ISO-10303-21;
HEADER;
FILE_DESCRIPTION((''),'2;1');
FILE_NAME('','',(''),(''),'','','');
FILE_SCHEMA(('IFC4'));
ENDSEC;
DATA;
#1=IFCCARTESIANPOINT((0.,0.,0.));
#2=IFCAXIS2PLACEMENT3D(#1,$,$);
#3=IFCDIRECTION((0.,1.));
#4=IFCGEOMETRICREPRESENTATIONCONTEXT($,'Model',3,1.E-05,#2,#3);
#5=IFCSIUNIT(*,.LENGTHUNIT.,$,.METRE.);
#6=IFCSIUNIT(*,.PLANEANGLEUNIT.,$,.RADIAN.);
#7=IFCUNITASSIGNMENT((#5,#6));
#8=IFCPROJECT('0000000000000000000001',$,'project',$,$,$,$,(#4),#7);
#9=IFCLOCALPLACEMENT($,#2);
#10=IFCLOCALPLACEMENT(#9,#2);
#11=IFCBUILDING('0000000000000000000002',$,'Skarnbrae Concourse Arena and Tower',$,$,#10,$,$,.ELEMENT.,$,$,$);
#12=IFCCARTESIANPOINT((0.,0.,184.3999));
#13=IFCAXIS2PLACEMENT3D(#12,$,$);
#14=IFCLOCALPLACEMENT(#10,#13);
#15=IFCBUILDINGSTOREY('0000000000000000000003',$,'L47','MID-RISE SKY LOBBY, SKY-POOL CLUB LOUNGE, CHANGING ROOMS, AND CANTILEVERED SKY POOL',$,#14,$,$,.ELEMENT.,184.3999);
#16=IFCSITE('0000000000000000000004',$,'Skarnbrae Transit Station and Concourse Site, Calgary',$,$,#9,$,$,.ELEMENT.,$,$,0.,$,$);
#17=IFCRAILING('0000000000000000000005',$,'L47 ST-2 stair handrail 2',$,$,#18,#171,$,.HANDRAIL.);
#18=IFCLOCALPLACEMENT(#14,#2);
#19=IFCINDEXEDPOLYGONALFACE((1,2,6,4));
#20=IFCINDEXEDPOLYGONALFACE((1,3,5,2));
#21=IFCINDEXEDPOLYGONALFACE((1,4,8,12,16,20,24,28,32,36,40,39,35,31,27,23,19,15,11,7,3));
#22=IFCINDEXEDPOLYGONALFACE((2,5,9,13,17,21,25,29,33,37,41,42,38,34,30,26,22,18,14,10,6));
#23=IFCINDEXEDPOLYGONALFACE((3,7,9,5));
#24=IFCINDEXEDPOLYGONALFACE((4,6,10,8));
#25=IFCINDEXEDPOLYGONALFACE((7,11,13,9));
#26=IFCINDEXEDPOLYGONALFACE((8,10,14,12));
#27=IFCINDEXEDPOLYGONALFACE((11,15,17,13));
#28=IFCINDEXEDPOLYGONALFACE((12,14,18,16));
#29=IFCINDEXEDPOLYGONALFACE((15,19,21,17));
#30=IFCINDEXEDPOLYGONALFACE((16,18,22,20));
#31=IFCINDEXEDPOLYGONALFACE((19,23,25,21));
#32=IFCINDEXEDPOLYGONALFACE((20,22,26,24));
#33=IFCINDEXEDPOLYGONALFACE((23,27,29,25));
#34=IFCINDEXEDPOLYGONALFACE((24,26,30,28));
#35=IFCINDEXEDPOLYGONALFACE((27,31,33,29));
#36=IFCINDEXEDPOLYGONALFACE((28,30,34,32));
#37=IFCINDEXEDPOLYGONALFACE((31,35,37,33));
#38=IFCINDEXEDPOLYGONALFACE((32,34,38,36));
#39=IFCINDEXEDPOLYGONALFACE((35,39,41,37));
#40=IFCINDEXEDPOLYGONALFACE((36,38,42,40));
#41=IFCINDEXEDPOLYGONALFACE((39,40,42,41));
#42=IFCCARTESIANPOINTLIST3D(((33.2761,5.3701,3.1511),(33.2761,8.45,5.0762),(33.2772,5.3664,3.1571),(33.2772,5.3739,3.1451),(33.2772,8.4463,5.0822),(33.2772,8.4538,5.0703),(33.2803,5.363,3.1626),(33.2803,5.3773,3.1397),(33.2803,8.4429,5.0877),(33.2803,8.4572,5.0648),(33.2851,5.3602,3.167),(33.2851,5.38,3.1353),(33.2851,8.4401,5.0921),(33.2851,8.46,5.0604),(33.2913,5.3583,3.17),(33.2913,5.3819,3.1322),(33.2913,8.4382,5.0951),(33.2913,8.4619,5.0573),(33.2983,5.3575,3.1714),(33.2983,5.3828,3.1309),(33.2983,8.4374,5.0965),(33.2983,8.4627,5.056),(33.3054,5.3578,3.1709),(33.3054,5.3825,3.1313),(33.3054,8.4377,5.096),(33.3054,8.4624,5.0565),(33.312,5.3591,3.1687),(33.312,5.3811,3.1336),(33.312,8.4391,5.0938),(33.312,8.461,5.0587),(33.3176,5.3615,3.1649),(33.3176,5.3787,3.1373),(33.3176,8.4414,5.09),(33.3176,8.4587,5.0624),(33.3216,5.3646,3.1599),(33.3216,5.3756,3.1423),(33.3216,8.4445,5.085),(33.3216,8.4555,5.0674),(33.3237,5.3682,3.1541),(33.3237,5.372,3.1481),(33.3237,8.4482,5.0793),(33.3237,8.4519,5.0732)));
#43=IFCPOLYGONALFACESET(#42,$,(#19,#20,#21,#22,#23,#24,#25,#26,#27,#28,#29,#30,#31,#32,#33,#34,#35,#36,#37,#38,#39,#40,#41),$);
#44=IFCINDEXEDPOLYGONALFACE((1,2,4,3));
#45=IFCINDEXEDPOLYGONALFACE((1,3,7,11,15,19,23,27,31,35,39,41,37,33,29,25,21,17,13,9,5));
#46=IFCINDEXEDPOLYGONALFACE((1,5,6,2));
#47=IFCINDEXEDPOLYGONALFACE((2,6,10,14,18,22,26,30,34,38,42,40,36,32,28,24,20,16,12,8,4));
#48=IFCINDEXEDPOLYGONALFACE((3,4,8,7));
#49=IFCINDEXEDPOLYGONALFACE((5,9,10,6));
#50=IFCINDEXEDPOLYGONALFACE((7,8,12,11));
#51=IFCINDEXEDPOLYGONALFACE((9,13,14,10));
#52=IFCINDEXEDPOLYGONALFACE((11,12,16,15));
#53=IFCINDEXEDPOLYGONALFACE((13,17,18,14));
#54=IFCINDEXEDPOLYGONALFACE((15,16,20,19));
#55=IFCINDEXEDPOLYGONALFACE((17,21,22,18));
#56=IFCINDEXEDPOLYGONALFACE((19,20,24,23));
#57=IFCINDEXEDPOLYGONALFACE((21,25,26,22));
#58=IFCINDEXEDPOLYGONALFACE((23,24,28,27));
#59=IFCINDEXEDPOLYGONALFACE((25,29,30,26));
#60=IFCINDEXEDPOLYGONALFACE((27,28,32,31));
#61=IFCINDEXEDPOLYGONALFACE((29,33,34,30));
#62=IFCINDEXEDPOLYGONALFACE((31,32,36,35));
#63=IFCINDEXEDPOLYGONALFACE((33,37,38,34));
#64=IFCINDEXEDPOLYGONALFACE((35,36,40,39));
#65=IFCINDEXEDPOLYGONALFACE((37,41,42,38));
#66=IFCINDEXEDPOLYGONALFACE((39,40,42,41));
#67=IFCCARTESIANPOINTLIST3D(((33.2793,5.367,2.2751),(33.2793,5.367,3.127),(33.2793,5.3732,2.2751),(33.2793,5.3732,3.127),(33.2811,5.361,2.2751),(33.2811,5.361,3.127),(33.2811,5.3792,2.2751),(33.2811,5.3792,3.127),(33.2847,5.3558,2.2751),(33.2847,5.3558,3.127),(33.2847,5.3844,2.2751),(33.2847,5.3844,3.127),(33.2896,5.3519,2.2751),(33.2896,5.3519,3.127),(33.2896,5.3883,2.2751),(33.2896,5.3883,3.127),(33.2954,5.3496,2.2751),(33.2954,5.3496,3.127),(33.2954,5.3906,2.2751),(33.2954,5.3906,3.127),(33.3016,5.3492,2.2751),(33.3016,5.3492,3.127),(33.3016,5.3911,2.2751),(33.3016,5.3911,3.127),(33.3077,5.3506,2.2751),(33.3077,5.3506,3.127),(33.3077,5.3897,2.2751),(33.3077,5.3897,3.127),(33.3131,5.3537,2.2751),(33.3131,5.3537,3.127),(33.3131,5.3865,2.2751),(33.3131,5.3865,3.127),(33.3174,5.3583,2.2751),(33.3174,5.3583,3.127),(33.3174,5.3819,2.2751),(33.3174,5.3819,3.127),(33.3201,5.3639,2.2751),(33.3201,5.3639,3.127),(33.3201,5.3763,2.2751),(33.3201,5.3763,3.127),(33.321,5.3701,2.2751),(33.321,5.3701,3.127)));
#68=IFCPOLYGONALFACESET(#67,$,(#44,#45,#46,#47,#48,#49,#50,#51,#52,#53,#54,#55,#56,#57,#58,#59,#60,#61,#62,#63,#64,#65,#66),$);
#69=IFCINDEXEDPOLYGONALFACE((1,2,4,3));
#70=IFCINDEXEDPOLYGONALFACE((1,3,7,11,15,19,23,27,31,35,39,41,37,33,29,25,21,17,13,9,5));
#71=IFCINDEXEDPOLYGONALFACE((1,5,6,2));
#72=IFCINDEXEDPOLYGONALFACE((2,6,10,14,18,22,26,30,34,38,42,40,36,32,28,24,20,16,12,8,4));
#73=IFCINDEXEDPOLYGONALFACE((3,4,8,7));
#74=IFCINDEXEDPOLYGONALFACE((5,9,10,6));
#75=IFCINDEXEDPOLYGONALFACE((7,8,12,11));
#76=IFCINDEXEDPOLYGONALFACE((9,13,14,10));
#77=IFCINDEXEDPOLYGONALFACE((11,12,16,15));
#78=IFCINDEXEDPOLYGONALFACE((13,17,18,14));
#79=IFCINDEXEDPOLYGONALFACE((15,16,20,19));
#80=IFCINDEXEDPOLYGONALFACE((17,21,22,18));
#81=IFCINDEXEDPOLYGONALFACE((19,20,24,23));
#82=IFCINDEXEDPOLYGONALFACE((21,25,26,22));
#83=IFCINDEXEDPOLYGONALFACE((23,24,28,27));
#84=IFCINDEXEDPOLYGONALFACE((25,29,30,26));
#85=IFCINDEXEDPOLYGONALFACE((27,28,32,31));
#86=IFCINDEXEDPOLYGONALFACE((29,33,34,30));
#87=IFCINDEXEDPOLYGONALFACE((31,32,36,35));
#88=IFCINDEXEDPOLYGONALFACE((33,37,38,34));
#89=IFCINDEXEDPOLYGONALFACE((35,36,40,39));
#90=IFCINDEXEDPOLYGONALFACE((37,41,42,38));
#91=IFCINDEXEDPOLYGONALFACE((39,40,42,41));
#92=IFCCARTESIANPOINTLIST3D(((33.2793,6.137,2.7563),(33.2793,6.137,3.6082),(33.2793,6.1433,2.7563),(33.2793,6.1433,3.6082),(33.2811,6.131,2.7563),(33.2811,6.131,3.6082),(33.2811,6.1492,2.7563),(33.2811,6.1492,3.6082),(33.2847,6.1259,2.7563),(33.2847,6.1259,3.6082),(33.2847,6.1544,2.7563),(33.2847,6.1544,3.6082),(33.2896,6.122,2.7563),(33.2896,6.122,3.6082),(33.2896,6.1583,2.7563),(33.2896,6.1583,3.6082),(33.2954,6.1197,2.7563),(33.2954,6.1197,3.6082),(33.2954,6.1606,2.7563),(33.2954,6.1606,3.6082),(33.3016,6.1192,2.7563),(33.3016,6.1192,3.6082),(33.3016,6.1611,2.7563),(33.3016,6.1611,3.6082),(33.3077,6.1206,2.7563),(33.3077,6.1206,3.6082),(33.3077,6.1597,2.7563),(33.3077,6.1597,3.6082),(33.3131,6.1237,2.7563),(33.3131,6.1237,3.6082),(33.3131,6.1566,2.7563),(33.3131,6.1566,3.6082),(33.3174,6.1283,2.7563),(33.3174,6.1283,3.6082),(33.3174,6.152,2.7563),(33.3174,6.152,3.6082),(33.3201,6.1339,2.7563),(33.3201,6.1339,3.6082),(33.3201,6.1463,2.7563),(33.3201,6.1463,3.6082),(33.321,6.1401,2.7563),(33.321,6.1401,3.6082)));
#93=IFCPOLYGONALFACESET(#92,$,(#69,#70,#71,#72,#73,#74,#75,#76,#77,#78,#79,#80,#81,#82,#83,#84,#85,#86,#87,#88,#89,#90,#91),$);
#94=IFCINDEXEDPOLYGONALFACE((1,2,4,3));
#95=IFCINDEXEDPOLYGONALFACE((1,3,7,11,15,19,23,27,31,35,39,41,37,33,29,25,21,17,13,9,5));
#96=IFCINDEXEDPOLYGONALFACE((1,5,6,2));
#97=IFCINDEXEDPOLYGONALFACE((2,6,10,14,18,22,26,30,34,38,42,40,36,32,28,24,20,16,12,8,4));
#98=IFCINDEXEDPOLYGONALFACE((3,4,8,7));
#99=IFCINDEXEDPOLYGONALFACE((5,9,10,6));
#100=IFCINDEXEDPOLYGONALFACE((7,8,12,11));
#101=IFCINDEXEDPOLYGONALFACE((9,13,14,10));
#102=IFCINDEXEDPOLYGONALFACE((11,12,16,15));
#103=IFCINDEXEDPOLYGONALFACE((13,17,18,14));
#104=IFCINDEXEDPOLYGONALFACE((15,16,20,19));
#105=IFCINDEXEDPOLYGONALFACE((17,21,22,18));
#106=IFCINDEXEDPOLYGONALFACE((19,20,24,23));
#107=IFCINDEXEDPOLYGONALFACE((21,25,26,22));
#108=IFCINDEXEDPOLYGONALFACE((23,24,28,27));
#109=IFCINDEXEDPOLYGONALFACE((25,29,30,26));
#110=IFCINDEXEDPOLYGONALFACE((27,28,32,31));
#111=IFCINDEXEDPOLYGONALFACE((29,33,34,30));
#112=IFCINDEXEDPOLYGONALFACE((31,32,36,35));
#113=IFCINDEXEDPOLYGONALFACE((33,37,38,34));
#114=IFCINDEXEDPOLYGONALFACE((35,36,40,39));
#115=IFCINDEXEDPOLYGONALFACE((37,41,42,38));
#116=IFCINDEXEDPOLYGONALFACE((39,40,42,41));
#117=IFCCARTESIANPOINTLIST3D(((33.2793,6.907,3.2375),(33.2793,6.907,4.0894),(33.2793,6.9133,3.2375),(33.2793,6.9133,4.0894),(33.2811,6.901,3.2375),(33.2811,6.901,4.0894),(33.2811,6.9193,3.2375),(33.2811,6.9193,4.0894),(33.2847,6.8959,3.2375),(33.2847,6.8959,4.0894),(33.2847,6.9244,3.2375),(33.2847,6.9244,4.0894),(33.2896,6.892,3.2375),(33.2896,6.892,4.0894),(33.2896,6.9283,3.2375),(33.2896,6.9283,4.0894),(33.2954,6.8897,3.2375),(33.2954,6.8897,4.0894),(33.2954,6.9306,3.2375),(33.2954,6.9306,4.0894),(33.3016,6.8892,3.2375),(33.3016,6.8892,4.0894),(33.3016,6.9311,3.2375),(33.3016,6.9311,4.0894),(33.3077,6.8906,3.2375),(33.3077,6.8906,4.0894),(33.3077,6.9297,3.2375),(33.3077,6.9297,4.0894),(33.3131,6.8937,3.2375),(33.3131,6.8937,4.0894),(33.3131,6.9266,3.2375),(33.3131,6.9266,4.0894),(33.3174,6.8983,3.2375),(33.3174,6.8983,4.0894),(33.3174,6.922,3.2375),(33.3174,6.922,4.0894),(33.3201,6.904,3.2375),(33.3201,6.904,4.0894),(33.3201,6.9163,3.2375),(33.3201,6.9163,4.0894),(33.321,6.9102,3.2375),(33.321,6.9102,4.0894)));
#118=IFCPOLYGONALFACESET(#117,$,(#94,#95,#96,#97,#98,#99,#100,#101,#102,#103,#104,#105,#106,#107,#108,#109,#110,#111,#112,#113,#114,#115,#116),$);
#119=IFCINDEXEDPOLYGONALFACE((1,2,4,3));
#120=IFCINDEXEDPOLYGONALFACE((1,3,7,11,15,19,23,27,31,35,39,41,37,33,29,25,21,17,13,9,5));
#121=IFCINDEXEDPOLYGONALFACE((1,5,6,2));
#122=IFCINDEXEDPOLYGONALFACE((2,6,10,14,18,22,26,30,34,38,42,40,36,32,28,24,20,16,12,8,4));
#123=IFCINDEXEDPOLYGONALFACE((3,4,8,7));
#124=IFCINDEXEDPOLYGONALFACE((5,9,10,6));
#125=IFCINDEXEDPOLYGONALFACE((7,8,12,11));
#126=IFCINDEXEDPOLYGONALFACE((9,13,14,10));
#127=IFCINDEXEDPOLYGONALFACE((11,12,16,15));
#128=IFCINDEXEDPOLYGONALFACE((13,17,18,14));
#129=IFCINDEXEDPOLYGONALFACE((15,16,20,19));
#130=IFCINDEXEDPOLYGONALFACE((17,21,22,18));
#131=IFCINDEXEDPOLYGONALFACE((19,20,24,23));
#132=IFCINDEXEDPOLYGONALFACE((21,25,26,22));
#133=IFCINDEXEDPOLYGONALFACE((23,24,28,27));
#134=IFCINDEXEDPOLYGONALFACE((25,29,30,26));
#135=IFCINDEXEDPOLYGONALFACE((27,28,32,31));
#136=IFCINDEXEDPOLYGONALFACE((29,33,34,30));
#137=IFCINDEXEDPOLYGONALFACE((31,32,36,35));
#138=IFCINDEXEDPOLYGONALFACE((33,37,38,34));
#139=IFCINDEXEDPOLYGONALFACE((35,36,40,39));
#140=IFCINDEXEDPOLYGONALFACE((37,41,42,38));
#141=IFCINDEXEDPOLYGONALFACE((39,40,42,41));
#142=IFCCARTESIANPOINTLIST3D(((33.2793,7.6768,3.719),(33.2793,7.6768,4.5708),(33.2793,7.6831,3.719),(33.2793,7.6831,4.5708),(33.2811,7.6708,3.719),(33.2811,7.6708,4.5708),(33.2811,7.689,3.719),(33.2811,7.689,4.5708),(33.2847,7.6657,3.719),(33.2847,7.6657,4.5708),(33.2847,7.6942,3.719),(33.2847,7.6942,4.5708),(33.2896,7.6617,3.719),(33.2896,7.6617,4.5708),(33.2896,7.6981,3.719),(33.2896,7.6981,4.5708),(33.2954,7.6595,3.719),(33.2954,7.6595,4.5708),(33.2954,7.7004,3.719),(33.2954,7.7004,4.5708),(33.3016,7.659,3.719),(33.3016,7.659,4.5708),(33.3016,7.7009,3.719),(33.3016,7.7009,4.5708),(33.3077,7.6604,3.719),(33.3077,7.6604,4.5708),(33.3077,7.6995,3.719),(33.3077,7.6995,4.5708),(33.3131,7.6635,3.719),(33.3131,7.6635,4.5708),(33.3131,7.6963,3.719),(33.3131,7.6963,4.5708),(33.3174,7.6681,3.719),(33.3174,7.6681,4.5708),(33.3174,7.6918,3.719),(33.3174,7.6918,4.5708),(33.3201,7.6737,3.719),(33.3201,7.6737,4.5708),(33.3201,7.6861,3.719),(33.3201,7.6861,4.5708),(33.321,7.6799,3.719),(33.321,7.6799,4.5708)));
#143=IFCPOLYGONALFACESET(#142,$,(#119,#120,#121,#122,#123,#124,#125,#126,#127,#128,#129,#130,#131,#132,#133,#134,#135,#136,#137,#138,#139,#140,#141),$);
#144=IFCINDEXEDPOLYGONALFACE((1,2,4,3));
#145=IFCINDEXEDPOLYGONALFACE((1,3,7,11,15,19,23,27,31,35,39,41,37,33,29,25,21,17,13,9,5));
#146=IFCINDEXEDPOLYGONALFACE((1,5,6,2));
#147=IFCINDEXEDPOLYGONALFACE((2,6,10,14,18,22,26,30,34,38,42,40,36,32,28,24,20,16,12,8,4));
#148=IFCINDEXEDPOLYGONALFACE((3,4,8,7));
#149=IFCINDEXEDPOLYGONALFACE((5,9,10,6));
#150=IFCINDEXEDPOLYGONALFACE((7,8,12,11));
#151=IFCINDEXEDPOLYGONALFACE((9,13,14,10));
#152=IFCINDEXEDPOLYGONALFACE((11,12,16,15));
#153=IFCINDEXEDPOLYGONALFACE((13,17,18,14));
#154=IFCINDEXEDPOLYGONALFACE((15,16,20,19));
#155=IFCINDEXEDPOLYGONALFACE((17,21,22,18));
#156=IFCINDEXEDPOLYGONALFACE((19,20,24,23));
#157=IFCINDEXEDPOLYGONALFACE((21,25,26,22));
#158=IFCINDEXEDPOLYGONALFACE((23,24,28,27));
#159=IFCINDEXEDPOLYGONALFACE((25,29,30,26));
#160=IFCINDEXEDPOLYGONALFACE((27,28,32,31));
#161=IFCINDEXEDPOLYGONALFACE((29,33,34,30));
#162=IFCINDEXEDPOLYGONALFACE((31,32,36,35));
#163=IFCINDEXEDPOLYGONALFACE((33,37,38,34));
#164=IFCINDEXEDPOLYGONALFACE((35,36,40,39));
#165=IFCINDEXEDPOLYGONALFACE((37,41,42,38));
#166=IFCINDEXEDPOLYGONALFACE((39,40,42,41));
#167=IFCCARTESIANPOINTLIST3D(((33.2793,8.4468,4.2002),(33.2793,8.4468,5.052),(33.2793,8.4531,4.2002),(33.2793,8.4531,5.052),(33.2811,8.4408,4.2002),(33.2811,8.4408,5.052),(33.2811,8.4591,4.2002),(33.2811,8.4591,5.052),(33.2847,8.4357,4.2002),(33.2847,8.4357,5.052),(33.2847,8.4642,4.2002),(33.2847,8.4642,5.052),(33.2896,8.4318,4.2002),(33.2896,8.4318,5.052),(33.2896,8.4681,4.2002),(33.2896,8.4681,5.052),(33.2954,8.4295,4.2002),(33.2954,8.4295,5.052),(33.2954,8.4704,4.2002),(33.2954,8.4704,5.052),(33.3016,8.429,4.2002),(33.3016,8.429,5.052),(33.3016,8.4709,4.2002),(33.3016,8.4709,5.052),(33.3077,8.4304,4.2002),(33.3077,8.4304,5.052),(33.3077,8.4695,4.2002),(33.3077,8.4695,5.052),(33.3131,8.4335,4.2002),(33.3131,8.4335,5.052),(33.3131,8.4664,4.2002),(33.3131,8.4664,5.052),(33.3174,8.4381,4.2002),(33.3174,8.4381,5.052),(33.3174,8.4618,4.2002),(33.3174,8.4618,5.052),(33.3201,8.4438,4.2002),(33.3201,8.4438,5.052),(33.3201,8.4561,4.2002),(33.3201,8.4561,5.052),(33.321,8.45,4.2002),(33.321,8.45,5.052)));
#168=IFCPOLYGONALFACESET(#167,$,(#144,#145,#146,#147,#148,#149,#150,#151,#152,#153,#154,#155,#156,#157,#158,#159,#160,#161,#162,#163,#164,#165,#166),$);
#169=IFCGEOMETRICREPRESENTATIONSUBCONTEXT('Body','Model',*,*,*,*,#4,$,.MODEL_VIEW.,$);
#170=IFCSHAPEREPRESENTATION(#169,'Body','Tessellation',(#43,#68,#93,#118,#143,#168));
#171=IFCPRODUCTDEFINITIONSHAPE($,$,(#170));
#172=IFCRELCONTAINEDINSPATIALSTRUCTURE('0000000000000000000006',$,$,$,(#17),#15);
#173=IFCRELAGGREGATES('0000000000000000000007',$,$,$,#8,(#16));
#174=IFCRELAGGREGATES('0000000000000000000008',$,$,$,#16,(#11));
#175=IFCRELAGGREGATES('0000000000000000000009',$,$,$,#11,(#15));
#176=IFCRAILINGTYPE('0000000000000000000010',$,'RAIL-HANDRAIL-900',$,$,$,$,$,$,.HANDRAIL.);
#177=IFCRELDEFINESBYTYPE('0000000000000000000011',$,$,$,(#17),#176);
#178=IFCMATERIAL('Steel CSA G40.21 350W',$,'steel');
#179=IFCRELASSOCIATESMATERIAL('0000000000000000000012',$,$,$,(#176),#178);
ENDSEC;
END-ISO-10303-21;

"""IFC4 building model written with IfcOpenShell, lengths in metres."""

from ifc_helpers import new_model, si_unit, direction, frame, origin, origin_2d, place, context, subcontext, project, spatial, circle, extrude, material, type_object, element, save


model = new_model("IFC4")

# Units and contexts
model_context = context("Model", 3, precision=1e-05, world=origin(), true_north=direction((0.0, 1.0)))
body_context = subcontext(model_context, "Body", "Model", "MODEL_VIEW")
ifc_project = project(units=[si_unit("LENGTHUNIT", "METRE"), si_unit("PLANEANGLEUNIT", "RADIAN")], contexts=[model_context])

# Site, building, storey
site_placement = place(None, origin())
site = spatial("IfcSite", under=ifc_project, at=site_placement, Name="Skarnbrae Transit Station and Concourse Site, Calgary", CompositionType="ELEMENT", RefElevation=0.0)
building_placement = place(site_placement, origin())
building = spatial("IfcBuilding", under=site, at=building_placement, Name="Skarnbrae Concourse Arena and Tower", CompositionType="ELEMENT")
storey_placement = place(building_placement, frame((0.0, 0.0, 184.3999)))
storey = spatial("IfcBuildingStorey", under=building, at=storey_placement, Name="L47", Description="MID-RISE SKY LOBBY, SKY-POOL CLUB LOUNGE, CHANGING ROOMS, AND CANTILEVERED SKY POOL", CompositionType="ELEMENT", Elevation=184.3999)

# Shared definitions
ifc_material_1 = material(Name="Steel CSA G40.21 350W", Category="steel")

# Railing
railing_type_1 = type_object("IfcRailingType", Name="RAIL-HANDRAIL-900", PredefinedType="HANDRAIL", material=ifc_material_1)
railing_1_placement = place(storey_placement, frame((33.3, 5.3701, 2.2751)))
element("IfcRailing", 1, at=railing_1_placement, inside=storey, type_object=railing_type_1, Name="L47 ST-2 stair handrail 2", PredefinedType="HANDRAIL", context=body_context, shape_type="SweptSolid", body=[
    extrude(circle(Radius=0.0239, at=origin_2d()), frame((0.0, 0.0, 0.876), z_axis=(0.0, 0.847979, 0.530029), x_axis=(-1.0, 0.0, 0.0)), (0.0, 0.0, 1.0), 3.6321),
    extrude(circle(Radius=0.021, at=origin_2d()), origin(), (0.0, 0.0, 1.0), 0.8518),
    extrude(circle(Radius=0.021, at=origin_2d()), frame((0.0, 0.77, 0.4812)), (0.0, 0.0, 1.0), 0.8518),
    extrude(circle(Radius=0.021, at=origin_2d()), frame((0.0, 1.54, 0.9624)), (0.0, 0.0, 1.0), 0.8518),
    extrude(circle(Radius=0.021, at=origin_2d()), frame((0.0, 2.3098, 1.4438)), (0.0, 0.0, 1.0), 0.8518),
    extrude(circle(Radius=0.021, at=origin_2d()), frame((0.0, 3.0798, 1.925)), (0.0, 0.0, 1.0), 0.8518),
])

save(model, "model.ifc")
